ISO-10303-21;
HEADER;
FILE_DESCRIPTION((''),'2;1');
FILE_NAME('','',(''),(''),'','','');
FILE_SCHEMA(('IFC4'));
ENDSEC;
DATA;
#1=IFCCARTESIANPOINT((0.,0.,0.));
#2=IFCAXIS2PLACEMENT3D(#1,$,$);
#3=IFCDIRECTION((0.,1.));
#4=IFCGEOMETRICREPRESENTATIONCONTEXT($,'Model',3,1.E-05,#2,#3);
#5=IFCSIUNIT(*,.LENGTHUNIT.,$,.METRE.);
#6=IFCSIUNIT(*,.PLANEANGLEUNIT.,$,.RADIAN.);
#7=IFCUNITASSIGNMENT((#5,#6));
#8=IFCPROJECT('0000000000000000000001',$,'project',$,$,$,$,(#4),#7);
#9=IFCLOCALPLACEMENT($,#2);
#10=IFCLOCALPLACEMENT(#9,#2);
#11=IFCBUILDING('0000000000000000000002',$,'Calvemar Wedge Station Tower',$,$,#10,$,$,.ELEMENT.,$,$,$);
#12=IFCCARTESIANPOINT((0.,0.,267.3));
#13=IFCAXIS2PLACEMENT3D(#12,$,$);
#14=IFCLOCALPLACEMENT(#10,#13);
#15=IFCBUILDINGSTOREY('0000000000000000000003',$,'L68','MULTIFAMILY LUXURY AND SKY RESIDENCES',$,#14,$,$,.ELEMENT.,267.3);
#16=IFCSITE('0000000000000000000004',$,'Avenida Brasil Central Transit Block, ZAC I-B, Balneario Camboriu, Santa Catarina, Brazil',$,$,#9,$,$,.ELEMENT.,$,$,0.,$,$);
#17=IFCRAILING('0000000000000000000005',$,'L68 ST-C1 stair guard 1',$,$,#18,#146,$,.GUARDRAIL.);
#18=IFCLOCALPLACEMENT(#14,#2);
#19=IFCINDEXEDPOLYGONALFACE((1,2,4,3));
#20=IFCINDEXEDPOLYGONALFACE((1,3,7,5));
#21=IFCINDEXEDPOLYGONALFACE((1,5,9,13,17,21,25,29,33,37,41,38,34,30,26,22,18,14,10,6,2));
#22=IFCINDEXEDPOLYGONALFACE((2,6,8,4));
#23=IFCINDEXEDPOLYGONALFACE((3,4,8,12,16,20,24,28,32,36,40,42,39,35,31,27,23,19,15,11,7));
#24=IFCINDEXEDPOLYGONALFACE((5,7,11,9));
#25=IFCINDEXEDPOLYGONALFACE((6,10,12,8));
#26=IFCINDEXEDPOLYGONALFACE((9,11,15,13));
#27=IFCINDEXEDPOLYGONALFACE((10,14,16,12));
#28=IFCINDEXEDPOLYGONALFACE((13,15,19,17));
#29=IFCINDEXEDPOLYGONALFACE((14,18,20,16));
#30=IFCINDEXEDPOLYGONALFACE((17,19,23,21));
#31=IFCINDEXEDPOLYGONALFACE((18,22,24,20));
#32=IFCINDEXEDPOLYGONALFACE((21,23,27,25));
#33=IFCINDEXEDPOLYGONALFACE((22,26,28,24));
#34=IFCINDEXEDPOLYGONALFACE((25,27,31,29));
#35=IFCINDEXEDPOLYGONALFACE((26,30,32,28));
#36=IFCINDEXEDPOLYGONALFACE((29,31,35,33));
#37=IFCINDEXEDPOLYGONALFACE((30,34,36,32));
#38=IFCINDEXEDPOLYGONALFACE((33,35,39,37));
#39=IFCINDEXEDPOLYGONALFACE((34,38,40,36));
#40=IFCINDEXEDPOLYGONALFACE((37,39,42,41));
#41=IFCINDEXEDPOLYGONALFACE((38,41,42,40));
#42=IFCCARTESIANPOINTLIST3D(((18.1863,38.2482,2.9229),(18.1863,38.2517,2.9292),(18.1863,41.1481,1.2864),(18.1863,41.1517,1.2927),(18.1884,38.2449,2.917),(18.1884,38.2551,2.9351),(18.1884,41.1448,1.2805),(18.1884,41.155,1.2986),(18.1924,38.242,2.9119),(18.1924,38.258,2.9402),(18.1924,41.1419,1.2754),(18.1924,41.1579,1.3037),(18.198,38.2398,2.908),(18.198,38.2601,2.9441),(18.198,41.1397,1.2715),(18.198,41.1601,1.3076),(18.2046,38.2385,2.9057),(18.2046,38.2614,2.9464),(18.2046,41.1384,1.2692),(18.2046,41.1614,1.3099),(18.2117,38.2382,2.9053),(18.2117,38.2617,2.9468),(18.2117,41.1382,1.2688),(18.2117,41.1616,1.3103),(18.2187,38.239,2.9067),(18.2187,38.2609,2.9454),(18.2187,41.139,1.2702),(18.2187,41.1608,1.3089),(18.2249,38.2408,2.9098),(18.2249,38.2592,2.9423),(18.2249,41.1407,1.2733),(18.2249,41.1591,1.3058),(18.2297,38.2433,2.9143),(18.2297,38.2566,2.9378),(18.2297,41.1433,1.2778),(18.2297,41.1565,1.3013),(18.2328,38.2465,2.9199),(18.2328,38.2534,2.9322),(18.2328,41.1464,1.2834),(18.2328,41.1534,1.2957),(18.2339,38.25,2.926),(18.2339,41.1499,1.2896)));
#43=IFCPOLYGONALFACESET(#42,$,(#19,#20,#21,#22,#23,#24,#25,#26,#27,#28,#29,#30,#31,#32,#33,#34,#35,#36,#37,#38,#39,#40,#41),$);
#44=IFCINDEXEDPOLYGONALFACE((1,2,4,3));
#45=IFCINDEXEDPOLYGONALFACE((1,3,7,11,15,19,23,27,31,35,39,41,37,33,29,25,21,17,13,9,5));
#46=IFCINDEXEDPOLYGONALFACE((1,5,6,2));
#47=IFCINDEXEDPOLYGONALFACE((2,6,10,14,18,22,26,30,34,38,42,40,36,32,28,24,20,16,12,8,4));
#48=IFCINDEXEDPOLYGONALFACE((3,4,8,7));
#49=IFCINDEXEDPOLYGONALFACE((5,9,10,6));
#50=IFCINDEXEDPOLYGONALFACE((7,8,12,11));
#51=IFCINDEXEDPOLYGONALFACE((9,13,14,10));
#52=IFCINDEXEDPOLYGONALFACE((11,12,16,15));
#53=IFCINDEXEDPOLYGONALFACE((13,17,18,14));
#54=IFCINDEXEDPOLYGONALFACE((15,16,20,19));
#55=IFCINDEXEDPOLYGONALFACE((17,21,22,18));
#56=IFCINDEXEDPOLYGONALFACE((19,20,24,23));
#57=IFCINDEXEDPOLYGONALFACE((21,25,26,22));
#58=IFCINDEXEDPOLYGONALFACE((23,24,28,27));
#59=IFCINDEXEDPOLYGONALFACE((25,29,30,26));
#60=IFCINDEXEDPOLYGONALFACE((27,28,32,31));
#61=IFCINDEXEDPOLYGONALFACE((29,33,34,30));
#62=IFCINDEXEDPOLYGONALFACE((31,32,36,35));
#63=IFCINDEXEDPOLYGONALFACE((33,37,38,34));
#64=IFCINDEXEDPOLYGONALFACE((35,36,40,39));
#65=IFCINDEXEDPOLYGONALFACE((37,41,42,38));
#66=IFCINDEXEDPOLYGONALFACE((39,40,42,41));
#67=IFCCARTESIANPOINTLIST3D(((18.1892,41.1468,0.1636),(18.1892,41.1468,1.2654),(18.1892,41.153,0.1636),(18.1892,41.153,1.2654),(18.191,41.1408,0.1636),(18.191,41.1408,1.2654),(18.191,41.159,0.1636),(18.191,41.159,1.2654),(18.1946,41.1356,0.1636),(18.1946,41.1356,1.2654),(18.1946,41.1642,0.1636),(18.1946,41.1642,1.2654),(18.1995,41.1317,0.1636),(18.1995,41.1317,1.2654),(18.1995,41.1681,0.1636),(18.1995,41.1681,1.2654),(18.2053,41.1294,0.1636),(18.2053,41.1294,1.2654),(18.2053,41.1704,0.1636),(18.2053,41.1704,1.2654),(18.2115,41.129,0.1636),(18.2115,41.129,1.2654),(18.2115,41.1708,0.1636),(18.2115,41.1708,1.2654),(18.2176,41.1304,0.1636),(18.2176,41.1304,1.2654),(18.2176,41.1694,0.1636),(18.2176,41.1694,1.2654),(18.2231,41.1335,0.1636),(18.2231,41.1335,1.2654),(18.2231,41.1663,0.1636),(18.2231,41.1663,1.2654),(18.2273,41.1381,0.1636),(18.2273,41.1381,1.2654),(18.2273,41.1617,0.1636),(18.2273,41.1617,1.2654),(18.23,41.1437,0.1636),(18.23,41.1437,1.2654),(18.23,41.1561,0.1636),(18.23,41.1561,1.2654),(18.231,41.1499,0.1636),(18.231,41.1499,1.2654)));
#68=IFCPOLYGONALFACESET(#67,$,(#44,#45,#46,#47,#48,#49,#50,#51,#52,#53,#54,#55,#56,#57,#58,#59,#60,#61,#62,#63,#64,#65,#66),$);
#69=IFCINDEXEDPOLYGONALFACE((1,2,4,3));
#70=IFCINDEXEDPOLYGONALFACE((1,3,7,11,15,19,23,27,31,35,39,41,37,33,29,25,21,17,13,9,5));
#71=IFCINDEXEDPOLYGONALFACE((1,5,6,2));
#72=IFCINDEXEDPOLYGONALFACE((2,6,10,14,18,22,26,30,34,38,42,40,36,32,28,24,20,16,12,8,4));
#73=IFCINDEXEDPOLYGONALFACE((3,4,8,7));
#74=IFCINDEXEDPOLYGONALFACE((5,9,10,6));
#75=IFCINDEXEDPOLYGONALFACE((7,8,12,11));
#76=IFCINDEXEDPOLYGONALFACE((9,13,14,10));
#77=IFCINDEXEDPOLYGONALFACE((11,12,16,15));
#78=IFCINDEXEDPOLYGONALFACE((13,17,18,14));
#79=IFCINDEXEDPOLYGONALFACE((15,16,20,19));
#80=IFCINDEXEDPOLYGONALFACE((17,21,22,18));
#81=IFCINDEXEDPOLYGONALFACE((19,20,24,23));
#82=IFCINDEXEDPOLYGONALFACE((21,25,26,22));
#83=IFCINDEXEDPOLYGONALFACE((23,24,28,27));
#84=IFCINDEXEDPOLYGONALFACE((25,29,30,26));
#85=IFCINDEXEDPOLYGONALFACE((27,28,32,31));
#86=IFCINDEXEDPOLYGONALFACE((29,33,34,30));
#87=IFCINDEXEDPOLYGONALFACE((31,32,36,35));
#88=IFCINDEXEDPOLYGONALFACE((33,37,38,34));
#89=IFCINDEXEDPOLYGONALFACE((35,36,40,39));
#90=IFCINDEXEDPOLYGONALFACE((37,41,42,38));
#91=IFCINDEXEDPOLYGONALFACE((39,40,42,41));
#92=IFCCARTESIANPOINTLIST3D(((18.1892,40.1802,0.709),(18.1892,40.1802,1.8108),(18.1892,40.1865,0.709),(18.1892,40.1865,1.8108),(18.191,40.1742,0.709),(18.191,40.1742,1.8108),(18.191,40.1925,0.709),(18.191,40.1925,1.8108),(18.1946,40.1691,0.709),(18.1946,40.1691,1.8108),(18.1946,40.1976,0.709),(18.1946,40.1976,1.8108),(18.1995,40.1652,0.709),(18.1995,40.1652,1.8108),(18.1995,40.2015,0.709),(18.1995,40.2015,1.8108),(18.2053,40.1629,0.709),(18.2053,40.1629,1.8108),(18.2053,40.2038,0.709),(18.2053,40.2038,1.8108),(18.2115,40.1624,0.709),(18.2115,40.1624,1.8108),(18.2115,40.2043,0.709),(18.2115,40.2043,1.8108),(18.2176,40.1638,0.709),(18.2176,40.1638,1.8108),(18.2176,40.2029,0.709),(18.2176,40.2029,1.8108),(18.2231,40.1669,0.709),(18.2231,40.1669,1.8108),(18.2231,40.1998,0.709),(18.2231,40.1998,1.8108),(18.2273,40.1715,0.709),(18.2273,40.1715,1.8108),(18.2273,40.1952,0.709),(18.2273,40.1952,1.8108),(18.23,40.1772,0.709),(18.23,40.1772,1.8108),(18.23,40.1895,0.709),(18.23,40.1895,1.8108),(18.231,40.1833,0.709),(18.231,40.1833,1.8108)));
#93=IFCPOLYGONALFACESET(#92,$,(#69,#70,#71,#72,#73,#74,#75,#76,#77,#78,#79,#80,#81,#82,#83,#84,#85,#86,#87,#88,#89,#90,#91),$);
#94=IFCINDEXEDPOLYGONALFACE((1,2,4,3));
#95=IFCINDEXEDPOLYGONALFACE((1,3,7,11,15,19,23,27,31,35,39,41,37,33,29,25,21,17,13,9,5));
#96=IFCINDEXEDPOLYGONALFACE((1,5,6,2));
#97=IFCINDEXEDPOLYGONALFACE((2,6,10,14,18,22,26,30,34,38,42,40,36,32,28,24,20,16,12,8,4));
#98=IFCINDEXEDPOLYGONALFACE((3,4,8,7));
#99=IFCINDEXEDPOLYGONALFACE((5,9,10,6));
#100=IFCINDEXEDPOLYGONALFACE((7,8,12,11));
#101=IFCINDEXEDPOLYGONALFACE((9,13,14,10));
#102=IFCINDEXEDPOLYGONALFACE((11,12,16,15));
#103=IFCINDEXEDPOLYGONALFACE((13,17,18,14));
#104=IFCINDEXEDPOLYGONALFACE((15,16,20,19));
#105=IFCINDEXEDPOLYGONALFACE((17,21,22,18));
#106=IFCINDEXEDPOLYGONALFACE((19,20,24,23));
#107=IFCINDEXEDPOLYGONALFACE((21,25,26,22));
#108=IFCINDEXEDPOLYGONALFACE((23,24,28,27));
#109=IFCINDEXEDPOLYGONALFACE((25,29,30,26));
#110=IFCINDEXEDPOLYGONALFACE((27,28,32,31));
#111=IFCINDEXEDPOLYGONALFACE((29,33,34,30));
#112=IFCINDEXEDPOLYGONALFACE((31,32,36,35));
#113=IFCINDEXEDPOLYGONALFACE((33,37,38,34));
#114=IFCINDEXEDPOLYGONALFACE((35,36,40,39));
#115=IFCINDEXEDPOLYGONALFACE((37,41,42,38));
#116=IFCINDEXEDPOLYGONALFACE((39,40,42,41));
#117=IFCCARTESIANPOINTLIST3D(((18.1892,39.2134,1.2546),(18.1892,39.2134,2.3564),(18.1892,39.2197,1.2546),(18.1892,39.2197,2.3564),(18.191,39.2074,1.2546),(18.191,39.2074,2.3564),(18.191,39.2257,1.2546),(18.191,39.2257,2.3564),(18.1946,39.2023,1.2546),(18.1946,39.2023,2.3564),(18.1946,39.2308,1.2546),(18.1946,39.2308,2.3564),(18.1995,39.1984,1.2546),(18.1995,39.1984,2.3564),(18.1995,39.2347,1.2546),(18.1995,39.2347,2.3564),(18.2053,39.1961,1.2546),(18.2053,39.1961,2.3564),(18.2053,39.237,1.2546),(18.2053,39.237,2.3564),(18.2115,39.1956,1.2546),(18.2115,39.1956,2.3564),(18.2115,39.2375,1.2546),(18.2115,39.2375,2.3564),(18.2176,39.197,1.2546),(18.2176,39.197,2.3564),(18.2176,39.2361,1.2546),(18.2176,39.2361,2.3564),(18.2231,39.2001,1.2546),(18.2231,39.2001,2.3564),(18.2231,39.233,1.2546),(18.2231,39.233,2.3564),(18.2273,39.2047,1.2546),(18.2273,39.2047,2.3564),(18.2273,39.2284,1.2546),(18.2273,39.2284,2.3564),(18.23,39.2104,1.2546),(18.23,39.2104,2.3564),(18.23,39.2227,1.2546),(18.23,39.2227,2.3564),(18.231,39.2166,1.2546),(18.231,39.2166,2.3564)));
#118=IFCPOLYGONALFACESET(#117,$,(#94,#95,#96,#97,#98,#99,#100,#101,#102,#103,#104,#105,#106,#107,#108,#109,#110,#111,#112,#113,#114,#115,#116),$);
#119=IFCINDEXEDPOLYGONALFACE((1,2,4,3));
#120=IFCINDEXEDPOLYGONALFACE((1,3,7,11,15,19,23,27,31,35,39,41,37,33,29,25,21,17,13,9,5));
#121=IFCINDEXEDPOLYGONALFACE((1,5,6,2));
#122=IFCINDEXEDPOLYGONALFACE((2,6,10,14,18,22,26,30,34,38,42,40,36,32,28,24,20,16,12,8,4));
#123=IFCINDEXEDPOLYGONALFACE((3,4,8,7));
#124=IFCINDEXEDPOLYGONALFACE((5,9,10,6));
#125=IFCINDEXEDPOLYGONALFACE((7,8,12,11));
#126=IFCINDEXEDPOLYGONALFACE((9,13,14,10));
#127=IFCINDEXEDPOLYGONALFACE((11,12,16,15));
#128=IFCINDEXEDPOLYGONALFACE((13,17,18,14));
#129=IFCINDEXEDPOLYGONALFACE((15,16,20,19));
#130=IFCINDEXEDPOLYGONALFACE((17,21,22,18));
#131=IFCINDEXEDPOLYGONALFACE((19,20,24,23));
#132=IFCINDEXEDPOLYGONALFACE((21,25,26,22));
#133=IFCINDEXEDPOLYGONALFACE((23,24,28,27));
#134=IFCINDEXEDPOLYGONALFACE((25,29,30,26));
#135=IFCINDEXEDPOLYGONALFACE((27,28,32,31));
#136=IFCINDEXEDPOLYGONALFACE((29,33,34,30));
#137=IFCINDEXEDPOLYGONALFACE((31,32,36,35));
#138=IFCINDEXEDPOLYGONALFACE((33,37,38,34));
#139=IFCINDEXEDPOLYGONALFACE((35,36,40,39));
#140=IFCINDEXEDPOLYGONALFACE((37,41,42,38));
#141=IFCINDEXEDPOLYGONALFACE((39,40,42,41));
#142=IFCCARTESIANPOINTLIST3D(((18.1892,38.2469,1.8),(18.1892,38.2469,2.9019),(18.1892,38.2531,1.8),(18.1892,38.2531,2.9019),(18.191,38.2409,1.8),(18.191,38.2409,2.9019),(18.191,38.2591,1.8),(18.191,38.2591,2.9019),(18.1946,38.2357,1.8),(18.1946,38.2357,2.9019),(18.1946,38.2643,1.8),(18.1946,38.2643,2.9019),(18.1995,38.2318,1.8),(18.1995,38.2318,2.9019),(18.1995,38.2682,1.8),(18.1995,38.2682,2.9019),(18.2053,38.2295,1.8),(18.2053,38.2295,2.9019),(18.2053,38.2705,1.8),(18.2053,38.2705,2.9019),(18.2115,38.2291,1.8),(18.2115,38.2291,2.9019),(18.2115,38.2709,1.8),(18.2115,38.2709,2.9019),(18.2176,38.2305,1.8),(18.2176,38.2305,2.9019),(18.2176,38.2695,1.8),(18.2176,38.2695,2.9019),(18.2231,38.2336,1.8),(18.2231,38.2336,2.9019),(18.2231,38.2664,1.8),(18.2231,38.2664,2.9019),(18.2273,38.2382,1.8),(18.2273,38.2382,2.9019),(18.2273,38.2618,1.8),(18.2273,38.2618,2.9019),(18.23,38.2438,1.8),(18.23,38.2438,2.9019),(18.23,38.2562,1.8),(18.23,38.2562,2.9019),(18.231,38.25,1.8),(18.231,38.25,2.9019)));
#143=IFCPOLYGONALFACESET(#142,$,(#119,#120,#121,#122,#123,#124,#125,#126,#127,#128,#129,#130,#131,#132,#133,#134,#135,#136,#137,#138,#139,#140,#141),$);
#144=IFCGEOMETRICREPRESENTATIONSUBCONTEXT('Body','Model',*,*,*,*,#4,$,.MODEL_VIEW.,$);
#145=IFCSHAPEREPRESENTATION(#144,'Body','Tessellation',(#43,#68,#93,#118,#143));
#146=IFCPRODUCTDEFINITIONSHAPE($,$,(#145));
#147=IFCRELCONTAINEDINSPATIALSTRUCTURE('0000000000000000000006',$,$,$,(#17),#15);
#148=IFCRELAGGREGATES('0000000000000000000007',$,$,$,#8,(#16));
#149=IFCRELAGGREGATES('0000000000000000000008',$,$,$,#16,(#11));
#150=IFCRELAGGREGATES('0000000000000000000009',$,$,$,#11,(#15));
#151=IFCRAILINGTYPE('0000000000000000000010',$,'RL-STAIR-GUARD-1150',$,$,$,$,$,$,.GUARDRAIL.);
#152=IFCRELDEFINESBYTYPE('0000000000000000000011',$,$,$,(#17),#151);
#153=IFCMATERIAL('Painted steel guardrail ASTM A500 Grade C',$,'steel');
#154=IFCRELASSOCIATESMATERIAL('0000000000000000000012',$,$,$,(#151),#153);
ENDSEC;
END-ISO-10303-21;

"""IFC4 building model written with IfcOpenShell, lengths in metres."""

from ifc_helpers import new_model, si_unit, direction, frame, origin, origin_2d, place, context, subcontext, project, spatial, circle, extrude, material, type_object, element, save


model = new_model("IFC4")

# Units and contexts
model_context = context("Model", 3, precision=1e-05, world=origin(), true_north=direction((0.0, 1.0)))
body_context = subcontext(model_context, "Body", "Model", "MODEL_VIEW")
ifc_project = project(units=[si_unit("LENGTHUNIT", "METRE"), si_unit("PLANEANGLEUNIT", "RADIAN")], contexts=[model_context])

# Site, building, storey
site_placement = place(None, origin())
site = spatial("IfcSite", under=ifc_project, at=site_placement, Name="Avenida Brasil Central Transit Block, ZAC I-B, Balneario Camboriu, Santa Catarina, Brazil", CompositionType="ELEMENT", RefElevation=0.0)
building_placement = place(site_placement, origin())
building = spatial("IfcBuilding", under=site, at=building_placement, Name="Calvemar Wedge Station Tower", CompositionType="ELEMENT")
storey_placement = place(building_placement, frame((0.0, 0.0, 267.3)))
storey = spatial("IfcBuildingStorey", under=building, at=storey_placement, Name="L68", Description="MULTIFAMILY LUXURY AND SKY RESIDENCES", CompositionType="ELEMENT", Elevation=267.3)

# Railing
ifc_material_1 = material(Name="Painted steel guardrail ASTM A500 Grade C", Category="steel")
railing_type_1 = type_object("IfcRailingType", Name="RL-STAIR-GUARD-1150", PredefinedType="GUARDRAIL", material=ifc_material_1)
railing_1_placement = place(storey_placement, frame((18.21, 41.1499, 0.1636)))
element("IfcRailing", 1, at=railing_1_placement, inside=storey, type_object=railing_type_1, Name="L68 ST-C1 stair guard 1", PredefinedType="GUARDRAIL", context=body_context, shape_type="SweptSolid", body=[
    extrude(circle(Radius=0.0239, at=origin_2d()), frame((0.0, 0.0, 1.126), z_axis=(0.0, -0.870897, 0.491465), x_axis=(1.0, 0.0, 0.0)), (0.0, 0.0, 1.0), 3.3298),
    extrude(circle(Radius=0.021, at=origin_2d()), origin(), (0.0, 0.0, 1.0), 1.1018),
    extrude(circle(Radius=0.021, at=origin_2d()), frame((0.0, -0.9666, 0.5454)), (0.0, 0.0, 1.0), 1.1018),
    extrude(circle(Radius=0.021, at=origin_2d()), frame((0.0, -1.9333, 1.0911)), (0.0, 0.0, 1.0), 1.1018),
    extrude(circle(Radius=0.021, at=origin_2d()), frame((0.0, -2.8999, 1.6365)), (0.0, 0.0, 1.0), 1.1018),
])

save(model, "model.ifc")
